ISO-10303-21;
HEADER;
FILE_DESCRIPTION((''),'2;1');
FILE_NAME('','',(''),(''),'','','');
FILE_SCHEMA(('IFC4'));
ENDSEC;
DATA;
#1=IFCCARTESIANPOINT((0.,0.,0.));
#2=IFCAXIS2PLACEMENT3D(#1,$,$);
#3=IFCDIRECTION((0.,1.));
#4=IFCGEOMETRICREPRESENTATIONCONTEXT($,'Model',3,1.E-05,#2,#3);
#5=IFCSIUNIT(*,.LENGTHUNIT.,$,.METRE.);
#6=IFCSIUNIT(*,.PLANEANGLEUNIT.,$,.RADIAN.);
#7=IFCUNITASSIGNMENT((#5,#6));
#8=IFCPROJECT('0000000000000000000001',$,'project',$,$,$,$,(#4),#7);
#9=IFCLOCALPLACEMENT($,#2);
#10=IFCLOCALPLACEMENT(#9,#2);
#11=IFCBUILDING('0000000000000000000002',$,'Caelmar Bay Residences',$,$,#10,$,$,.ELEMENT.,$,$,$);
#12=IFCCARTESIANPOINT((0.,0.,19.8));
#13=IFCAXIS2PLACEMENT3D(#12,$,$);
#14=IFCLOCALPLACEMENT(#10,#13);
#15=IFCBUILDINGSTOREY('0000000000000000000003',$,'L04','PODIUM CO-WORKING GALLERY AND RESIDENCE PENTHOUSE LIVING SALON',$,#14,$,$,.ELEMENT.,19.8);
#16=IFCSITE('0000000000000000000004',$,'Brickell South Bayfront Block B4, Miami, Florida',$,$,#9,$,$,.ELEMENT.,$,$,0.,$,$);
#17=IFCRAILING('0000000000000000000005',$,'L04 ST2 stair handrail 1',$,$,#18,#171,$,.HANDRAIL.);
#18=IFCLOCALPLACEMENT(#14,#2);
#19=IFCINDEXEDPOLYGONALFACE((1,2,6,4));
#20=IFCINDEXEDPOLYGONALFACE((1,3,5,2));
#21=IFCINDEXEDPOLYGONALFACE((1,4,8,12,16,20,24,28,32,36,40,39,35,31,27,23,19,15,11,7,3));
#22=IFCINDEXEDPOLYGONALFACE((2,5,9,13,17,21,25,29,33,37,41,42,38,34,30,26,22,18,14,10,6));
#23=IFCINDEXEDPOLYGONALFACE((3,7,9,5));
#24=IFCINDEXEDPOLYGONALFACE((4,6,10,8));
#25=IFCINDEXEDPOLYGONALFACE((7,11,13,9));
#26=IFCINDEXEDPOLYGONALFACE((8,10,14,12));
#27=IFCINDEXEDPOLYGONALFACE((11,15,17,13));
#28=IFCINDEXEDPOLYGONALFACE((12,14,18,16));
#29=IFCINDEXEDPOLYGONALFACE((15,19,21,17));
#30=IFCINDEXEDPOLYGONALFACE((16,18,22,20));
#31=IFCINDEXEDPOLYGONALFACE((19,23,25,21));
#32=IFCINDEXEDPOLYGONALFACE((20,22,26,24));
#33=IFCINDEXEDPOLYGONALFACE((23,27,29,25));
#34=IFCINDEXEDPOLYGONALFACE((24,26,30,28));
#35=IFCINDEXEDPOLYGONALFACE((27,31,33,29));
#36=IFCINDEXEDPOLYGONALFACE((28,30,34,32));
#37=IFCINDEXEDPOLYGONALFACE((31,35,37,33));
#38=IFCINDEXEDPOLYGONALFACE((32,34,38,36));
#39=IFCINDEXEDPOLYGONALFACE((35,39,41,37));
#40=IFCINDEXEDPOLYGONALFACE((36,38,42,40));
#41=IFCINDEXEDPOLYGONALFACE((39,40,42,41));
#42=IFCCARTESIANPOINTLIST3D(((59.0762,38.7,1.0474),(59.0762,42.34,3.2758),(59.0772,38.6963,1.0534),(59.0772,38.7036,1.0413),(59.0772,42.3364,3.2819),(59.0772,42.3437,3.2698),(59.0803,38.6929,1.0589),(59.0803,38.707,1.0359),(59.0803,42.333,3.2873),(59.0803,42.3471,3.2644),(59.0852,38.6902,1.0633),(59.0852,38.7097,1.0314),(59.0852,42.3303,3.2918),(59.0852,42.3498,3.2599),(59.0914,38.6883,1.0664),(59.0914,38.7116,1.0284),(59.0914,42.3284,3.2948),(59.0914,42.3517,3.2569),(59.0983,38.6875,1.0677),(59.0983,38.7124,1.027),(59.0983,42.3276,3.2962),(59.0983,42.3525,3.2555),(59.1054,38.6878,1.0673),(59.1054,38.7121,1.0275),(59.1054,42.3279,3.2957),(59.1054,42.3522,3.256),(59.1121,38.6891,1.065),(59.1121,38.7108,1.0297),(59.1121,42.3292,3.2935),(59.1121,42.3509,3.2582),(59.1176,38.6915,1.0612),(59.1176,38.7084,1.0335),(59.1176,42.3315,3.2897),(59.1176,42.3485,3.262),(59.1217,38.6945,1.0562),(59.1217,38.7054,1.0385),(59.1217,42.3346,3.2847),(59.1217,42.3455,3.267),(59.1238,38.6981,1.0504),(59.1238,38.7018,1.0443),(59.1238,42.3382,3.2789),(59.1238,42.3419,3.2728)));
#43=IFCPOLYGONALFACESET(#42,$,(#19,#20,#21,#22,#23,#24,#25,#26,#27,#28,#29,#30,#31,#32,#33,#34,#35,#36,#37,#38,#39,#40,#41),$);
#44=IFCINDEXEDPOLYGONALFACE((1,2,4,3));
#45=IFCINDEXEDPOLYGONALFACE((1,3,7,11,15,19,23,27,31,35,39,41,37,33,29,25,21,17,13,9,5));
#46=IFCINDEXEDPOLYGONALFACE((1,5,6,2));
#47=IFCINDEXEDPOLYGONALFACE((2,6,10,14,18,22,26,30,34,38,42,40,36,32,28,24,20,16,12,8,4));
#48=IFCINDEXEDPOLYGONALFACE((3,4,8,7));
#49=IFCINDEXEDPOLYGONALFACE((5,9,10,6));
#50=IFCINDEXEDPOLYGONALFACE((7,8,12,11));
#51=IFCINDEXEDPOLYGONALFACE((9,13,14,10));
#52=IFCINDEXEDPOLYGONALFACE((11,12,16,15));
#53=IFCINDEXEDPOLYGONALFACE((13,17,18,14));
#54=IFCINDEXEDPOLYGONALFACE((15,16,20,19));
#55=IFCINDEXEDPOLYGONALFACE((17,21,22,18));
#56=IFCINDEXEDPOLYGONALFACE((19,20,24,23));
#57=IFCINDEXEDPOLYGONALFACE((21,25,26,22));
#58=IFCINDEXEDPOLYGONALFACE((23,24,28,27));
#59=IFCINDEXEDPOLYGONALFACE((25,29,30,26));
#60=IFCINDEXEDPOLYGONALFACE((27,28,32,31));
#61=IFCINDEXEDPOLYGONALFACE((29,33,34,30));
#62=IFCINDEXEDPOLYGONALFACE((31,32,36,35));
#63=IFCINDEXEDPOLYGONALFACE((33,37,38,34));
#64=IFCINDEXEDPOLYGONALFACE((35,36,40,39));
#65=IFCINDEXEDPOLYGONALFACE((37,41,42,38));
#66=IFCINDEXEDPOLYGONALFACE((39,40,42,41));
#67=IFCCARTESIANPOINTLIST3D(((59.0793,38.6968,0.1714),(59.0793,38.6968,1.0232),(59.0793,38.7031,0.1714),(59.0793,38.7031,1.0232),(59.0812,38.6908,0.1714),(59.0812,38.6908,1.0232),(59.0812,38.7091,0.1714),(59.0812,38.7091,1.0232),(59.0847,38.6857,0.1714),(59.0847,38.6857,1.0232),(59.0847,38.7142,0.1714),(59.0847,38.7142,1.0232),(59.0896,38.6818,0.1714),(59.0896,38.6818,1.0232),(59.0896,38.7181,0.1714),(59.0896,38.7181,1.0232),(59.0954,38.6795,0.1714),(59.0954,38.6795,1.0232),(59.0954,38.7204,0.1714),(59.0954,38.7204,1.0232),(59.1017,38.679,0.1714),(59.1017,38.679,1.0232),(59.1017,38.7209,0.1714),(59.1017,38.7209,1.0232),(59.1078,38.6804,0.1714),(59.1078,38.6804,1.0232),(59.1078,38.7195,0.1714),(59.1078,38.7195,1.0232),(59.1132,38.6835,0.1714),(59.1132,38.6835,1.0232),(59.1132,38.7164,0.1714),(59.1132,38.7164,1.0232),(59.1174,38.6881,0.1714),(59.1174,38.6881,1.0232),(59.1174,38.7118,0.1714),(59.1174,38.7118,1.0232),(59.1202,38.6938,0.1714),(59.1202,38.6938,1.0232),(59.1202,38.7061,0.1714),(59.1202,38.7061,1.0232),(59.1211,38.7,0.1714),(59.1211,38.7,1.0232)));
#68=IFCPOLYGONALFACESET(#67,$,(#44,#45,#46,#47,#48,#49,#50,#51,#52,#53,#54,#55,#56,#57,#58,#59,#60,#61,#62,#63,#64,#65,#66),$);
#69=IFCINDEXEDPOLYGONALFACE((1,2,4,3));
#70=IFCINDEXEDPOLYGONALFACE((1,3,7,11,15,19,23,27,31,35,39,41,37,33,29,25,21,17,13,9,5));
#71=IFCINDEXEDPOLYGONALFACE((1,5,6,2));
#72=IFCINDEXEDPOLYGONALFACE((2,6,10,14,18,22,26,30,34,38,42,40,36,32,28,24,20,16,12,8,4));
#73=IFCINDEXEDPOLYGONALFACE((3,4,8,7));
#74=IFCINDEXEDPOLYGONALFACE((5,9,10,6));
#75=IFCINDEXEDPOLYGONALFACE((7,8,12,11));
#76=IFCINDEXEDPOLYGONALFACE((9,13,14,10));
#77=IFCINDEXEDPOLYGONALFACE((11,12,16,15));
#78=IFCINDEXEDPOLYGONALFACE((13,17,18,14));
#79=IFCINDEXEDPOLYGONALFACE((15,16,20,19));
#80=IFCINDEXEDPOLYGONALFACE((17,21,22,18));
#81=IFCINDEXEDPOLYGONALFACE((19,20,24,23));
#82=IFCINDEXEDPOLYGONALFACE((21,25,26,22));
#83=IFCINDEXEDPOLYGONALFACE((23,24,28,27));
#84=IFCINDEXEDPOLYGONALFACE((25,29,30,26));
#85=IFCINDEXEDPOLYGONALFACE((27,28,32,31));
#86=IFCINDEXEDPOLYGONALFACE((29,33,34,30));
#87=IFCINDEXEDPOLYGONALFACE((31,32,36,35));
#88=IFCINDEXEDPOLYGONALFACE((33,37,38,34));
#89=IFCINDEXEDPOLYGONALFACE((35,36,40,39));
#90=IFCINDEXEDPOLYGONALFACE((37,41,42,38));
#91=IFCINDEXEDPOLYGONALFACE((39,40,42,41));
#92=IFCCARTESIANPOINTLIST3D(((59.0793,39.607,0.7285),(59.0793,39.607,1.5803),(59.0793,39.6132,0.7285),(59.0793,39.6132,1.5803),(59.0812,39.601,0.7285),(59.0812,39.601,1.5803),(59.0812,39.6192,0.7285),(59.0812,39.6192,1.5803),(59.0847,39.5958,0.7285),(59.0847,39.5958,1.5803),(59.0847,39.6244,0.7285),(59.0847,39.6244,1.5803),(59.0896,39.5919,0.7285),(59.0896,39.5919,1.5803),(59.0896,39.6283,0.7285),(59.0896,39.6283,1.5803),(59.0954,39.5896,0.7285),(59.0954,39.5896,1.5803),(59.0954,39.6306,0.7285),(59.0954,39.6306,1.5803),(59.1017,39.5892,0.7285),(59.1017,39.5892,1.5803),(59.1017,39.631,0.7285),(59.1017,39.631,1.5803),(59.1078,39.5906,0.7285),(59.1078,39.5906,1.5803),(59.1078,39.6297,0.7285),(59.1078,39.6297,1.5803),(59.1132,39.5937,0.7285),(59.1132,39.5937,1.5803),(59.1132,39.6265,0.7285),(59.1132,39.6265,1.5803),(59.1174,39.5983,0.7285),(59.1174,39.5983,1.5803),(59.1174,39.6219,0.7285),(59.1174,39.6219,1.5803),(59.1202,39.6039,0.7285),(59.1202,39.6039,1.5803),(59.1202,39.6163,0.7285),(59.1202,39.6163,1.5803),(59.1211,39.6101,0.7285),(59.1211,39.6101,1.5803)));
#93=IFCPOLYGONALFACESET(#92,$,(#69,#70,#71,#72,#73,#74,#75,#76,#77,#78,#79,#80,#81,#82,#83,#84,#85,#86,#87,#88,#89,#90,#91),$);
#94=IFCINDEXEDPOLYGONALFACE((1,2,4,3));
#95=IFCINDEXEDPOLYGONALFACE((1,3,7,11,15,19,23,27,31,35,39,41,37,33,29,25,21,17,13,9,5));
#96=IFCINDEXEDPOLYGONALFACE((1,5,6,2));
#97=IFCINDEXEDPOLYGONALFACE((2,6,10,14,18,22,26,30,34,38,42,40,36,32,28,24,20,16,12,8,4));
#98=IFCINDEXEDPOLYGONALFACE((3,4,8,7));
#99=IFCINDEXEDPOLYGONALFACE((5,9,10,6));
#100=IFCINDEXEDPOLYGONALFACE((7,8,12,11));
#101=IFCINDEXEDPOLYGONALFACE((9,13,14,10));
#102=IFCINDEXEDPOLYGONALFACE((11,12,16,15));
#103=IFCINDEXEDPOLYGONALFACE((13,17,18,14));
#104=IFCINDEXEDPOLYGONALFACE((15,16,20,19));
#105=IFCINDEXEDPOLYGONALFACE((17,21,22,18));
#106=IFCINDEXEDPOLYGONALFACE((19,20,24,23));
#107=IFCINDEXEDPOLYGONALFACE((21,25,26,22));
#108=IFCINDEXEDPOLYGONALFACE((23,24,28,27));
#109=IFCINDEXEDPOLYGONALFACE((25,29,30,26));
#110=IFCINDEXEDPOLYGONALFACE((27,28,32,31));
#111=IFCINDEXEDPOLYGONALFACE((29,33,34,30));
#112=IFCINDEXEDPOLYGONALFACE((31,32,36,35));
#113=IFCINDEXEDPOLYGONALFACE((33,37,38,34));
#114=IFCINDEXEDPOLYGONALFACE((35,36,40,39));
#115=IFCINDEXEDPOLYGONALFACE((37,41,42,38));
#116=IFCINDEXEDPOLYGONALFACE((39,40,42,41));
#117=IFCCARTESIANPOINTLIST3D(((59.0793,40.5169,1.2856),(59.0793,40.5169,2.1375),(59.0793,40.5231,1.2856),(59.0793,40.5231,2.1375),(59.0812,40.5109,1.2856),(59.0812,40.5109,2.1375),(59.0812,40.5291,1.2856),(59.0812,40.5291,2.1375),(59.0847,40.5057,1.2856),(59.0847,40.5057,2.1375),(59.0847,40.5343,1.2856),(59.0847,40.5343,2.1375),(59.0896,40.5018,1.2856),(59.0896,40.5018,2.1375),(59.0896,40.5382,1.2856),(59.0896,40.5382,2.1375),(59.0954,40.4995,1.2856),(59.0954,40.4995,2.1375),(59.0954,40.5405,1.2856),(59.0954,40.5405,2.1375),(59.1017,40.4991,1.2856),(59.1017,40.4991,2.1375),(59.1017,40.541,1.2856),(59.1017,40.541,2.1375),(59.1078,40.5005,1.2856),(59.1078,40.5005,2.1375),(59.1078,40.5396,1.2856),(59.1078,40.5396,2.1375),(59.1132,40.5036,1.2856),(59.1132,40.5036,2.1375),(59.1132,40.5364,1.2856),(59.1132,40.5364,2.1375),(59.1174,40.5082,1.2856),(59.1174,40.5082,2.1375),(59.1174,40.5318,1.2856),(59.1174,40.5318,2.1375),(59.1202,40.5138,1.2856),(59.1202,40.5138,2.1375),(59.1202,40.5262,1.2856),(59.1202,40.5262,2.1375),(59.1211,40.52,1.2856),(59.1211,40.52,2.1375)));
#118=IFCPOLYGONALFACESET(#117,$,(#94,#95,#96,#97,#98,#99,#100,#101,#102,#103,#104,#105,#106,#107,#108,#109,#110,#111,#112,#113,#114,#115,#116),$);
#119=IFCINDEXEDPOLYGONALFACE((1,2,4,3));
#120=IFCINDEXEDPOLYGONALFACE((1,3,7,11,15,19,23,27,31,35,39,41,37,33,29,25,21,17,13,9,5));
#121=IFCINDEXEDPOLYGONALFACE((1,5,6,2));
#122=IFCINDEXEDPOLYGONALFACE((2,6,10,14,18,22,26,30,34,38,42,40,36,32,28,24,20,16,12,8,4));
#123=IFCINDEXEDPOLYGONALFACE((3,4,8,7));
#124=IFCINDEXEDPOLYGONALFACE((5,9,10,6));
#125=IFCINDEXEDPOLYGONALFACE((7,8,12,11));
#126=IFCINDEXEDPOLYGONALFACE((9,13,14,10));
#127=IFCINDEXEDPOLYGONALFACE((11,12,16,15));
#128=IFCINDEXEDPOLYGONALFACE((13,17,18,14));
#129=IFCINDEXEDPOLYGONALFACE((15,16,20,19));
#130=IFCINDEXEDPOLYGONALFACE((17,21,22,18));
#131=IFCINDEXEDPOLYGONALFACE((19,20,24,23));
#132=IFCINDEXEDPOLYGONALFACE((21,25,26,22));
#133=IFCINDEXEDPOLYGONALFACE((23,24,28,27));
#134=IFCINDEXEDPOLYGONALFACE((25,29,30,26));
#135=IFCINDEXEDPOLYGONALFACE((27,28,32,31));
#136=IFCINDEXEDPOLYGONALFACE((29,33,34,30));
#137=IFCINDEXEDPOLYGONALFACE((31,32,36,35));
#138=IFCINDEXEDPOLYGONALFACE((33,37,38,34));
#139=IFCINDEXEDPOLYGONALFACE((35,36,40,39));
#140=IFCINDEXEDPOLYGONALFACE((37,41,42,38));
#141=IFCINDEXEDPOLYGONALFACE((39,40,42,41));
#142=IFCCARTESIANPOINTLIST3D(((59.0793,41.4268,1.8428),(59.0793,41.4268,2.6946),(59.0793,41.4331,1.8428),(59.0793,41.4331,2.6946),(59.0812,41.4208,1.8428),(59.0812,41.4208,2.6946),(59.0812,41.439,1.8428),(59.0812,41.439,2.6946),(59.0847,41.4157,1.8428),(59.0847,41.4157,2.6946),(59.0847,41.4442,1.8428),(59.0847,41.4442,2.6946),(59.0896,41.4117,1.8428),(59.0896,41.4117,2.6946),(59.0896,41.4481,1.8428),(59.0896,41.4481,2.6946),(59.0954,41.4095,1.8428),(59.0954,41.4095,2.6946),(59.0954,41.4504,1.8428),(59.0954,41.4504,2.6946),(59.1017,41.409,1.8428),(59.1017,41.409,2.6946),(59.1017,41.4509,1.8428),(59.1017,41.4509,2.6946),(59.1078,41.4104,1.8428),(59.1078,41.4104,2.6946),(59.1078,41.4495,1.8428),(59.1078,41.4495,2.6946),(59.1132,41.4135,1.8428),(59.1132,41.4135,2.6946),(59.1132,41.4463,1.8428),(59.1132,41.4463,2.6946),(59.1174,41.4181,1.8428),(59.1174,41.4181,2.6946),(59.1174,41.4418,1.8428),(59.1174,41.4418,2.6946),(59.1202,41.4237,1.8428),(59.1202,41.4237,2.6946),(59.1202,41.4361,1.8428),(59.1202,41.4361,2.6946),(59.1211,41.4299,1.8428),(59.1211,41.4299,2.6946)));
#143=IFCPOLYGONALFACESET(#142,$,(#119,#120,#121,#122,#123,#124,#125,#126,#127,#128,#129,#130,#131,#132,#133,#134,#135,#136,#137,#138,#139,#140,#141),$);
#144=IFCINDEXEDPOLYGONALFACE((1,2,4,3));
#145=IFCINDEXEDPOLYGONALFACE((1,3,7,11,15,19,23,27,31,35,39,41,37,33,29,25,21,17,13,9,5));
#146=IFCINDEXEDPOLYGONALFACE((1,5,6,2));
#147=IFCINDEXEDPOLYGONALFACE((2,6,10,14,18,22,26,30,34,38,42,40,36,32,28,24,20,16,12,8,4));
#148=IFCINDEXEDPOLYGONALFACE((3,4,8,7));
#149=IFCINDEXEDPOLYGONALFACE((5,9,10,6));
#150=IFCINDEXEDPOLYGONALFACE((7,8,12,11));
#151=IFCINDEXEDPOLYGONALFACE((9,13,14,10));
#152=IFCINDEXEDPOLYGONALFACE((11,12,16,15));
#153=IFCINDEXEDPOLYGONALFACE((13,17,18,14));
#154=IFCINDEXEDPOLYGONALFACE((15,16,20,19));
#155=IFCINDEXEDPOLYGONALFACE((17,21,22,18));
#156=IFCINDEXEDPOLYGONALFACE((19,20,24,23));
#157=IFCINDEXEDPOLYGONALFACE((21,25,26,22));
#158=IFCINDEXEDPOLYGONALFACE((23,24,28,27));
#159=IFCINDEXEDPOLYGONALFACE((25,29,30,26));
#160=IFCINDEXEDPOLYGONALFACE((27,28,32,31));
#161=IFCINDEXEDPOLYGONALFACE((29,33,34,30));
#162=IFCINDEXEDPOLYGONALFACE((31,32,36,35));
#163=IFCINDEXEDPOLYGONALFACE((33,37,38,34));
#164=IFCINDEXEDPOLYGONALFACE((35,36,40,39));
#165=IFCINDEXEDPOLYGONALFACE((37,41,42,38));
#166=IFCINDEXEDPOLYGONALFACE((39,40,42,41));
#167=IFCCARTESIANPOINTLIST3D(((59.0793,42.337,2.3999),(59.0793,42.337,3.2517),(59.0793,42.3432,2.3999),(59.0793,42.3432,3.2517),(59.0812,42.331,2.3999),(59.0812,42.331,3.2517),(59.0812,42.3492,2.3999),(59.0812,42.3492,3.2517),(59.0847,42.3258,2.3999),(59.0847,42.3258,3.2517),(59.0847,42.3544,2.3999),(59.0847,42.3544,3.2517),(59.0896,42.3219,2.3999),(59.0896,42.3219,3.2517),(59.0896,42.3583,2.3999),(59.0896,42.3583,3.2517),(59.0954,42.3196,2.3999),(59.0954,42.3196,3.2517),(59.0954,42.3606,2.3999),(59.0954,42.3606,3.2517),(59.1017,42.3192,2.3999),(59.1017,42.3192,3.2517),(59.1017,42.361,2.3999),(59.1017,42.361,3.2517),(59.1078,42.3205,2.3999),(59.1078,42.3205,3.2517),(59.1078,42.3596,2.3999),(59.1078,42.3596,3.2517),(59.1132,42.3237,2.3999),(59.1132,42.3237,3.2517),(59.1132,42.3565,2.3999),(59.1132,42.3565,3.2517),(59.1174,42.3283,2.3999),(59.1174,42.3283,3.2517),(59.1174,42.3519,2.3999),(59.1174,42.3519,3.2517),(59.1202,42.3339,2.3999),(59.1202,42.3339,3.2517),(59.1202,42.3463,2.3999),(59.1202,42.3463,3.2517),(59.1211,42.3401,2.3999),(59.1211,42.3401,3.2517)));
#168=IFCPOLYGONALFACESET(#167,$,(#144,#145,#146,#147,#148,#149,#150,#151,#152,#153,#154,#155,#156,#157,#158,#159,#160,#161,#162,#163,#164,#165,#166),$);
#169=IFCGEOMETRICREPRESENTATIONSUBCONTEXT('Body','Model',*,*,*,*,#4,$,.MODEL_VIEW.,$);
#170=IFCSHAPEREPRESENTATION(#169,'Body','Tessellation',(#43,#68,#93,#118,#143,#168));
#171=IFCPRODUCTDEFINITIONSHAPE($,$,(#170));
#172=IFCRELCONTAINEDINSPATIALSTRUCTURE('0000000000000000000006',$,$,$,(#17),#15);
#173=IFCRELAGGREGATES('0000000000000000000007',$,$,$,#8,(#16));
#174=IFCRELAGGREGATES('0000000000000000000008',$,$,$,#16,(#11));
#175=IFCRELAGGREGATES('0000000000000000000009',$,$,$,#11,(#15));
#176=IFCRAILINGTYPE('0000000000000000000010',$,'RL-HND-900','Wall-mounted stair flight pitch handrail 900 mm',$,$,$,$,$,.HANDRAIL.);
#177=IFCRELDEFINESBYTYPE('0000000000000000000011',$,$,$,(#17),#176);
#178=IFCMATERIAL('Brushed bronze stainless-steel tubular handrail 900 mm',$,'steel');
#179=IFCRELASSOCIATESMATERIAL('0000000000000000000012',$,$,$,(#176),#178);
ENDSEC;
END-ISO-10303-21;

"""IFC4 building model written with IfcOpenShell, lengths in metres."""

from ifc_helpers import new_model, si_unit, direction, frame, origin, origin_2d, place, context, subcontext, project, spatial, circle, extrude, material, type_object, element, save


model = new_model("IFC4")

# Units and contexts
model_context = context("Model", 3, precision=1e-05, world=origin(), true_north=direction((0.0, 1.0)))
body_context = subcontext(model_context, "Body", "Model", "MODEL_VIEW")
ifc_project = project(units=[si_unit("LENGTHUNIT", "METRE"), si_unit("PLANEANGLEUNIT", "RADIAN")], contexts=[model_context])

# Site, building, storey
site_placement = place(None, origin())
site = spatial("IfcSite", under=ifc_project, at=site_placement, Name="Brickell South Bayfront Block B4, Miami, Florida", CompositionType="ELEMENT", RefElevation=0.0)
building_placement = place(site_placement, origin())
building = spatial("IfcBuilding", under=site, at=building_placement, Name="Caelmar Bay Residences", CompositionType="ELEMENT")
storey_placement = place(building_placement, frame((0.0, 0.0, 19.8)))
storey = spatial("IfcBuildingStorey", under=building, at=storey_placement, Name="L04", Description="PODIUM CO-WORKING GALLERY AND RESIDENCE PENTHOUSE LIVING SALON", CompositionType="ELEMENT", Elevation=19.8)

# Railing
ifc_material_1 = material(Name="Brushed bronze stainless-steel tubular handrail 900 mm", Category="steel")
railing_type_1 = type_object("IfcRailingType", Name="RL-HND-900", Description="Wall-mounted stair flight pitch handrail 900 mm", PredefinedType="HANDRAIL", material=ifc_material_1)
railing_1_placement = place(storey_placement, frame((59.1001, 38.7, 0.1714)))
element("IfcRailing", 1, at=railing_1_placement, inside=storey, type_object=railing_type_1, Name="L04 ST2 stair handrail 1", PredefinedType="HANDRAIL", context=body_context, shape_type="SweptSolid", body=[
    extrude(circle(Radius=0.0239, at=origin_2d()), frame((0.0, 0.0, 0.876), z_axis=(0.0, 0.852866, 0.52213), x_axis=(-1.0, 0.0, 0.0)), (0.0, 0.0, 1.0), 4.2681),
    extrude(circle(Radius=0.021, at=origin_2d()), origin(), (0.0, 0.0, 1.0), 0.8518),
    extrude(circle(Radius=0.021, at=origin_2d()), frame((0.0, 0.9102, 0.5571)), (0.0, 0.0, 1.0), 0.8518),
    extrude(circle(Radius=0.021, at=origin_2d()), frame((0.0, 1.8201, 1.1143)), (0.0, 0.0, 1.0), 0.8518),
    extrude(circle(Radius=0.021, at=origin_2d()), frame((0.0, 2.73, 1.6714)), (0.0, 0.0, 1.0), 0.8518),
    extrude(circle(Radius=0.021, at=origin_2d()), frame((0.0, 3.6401, 2.2285)), (0.0, 0.0, 1.0), 0.8518),
])

save(model, "model.ifc")
